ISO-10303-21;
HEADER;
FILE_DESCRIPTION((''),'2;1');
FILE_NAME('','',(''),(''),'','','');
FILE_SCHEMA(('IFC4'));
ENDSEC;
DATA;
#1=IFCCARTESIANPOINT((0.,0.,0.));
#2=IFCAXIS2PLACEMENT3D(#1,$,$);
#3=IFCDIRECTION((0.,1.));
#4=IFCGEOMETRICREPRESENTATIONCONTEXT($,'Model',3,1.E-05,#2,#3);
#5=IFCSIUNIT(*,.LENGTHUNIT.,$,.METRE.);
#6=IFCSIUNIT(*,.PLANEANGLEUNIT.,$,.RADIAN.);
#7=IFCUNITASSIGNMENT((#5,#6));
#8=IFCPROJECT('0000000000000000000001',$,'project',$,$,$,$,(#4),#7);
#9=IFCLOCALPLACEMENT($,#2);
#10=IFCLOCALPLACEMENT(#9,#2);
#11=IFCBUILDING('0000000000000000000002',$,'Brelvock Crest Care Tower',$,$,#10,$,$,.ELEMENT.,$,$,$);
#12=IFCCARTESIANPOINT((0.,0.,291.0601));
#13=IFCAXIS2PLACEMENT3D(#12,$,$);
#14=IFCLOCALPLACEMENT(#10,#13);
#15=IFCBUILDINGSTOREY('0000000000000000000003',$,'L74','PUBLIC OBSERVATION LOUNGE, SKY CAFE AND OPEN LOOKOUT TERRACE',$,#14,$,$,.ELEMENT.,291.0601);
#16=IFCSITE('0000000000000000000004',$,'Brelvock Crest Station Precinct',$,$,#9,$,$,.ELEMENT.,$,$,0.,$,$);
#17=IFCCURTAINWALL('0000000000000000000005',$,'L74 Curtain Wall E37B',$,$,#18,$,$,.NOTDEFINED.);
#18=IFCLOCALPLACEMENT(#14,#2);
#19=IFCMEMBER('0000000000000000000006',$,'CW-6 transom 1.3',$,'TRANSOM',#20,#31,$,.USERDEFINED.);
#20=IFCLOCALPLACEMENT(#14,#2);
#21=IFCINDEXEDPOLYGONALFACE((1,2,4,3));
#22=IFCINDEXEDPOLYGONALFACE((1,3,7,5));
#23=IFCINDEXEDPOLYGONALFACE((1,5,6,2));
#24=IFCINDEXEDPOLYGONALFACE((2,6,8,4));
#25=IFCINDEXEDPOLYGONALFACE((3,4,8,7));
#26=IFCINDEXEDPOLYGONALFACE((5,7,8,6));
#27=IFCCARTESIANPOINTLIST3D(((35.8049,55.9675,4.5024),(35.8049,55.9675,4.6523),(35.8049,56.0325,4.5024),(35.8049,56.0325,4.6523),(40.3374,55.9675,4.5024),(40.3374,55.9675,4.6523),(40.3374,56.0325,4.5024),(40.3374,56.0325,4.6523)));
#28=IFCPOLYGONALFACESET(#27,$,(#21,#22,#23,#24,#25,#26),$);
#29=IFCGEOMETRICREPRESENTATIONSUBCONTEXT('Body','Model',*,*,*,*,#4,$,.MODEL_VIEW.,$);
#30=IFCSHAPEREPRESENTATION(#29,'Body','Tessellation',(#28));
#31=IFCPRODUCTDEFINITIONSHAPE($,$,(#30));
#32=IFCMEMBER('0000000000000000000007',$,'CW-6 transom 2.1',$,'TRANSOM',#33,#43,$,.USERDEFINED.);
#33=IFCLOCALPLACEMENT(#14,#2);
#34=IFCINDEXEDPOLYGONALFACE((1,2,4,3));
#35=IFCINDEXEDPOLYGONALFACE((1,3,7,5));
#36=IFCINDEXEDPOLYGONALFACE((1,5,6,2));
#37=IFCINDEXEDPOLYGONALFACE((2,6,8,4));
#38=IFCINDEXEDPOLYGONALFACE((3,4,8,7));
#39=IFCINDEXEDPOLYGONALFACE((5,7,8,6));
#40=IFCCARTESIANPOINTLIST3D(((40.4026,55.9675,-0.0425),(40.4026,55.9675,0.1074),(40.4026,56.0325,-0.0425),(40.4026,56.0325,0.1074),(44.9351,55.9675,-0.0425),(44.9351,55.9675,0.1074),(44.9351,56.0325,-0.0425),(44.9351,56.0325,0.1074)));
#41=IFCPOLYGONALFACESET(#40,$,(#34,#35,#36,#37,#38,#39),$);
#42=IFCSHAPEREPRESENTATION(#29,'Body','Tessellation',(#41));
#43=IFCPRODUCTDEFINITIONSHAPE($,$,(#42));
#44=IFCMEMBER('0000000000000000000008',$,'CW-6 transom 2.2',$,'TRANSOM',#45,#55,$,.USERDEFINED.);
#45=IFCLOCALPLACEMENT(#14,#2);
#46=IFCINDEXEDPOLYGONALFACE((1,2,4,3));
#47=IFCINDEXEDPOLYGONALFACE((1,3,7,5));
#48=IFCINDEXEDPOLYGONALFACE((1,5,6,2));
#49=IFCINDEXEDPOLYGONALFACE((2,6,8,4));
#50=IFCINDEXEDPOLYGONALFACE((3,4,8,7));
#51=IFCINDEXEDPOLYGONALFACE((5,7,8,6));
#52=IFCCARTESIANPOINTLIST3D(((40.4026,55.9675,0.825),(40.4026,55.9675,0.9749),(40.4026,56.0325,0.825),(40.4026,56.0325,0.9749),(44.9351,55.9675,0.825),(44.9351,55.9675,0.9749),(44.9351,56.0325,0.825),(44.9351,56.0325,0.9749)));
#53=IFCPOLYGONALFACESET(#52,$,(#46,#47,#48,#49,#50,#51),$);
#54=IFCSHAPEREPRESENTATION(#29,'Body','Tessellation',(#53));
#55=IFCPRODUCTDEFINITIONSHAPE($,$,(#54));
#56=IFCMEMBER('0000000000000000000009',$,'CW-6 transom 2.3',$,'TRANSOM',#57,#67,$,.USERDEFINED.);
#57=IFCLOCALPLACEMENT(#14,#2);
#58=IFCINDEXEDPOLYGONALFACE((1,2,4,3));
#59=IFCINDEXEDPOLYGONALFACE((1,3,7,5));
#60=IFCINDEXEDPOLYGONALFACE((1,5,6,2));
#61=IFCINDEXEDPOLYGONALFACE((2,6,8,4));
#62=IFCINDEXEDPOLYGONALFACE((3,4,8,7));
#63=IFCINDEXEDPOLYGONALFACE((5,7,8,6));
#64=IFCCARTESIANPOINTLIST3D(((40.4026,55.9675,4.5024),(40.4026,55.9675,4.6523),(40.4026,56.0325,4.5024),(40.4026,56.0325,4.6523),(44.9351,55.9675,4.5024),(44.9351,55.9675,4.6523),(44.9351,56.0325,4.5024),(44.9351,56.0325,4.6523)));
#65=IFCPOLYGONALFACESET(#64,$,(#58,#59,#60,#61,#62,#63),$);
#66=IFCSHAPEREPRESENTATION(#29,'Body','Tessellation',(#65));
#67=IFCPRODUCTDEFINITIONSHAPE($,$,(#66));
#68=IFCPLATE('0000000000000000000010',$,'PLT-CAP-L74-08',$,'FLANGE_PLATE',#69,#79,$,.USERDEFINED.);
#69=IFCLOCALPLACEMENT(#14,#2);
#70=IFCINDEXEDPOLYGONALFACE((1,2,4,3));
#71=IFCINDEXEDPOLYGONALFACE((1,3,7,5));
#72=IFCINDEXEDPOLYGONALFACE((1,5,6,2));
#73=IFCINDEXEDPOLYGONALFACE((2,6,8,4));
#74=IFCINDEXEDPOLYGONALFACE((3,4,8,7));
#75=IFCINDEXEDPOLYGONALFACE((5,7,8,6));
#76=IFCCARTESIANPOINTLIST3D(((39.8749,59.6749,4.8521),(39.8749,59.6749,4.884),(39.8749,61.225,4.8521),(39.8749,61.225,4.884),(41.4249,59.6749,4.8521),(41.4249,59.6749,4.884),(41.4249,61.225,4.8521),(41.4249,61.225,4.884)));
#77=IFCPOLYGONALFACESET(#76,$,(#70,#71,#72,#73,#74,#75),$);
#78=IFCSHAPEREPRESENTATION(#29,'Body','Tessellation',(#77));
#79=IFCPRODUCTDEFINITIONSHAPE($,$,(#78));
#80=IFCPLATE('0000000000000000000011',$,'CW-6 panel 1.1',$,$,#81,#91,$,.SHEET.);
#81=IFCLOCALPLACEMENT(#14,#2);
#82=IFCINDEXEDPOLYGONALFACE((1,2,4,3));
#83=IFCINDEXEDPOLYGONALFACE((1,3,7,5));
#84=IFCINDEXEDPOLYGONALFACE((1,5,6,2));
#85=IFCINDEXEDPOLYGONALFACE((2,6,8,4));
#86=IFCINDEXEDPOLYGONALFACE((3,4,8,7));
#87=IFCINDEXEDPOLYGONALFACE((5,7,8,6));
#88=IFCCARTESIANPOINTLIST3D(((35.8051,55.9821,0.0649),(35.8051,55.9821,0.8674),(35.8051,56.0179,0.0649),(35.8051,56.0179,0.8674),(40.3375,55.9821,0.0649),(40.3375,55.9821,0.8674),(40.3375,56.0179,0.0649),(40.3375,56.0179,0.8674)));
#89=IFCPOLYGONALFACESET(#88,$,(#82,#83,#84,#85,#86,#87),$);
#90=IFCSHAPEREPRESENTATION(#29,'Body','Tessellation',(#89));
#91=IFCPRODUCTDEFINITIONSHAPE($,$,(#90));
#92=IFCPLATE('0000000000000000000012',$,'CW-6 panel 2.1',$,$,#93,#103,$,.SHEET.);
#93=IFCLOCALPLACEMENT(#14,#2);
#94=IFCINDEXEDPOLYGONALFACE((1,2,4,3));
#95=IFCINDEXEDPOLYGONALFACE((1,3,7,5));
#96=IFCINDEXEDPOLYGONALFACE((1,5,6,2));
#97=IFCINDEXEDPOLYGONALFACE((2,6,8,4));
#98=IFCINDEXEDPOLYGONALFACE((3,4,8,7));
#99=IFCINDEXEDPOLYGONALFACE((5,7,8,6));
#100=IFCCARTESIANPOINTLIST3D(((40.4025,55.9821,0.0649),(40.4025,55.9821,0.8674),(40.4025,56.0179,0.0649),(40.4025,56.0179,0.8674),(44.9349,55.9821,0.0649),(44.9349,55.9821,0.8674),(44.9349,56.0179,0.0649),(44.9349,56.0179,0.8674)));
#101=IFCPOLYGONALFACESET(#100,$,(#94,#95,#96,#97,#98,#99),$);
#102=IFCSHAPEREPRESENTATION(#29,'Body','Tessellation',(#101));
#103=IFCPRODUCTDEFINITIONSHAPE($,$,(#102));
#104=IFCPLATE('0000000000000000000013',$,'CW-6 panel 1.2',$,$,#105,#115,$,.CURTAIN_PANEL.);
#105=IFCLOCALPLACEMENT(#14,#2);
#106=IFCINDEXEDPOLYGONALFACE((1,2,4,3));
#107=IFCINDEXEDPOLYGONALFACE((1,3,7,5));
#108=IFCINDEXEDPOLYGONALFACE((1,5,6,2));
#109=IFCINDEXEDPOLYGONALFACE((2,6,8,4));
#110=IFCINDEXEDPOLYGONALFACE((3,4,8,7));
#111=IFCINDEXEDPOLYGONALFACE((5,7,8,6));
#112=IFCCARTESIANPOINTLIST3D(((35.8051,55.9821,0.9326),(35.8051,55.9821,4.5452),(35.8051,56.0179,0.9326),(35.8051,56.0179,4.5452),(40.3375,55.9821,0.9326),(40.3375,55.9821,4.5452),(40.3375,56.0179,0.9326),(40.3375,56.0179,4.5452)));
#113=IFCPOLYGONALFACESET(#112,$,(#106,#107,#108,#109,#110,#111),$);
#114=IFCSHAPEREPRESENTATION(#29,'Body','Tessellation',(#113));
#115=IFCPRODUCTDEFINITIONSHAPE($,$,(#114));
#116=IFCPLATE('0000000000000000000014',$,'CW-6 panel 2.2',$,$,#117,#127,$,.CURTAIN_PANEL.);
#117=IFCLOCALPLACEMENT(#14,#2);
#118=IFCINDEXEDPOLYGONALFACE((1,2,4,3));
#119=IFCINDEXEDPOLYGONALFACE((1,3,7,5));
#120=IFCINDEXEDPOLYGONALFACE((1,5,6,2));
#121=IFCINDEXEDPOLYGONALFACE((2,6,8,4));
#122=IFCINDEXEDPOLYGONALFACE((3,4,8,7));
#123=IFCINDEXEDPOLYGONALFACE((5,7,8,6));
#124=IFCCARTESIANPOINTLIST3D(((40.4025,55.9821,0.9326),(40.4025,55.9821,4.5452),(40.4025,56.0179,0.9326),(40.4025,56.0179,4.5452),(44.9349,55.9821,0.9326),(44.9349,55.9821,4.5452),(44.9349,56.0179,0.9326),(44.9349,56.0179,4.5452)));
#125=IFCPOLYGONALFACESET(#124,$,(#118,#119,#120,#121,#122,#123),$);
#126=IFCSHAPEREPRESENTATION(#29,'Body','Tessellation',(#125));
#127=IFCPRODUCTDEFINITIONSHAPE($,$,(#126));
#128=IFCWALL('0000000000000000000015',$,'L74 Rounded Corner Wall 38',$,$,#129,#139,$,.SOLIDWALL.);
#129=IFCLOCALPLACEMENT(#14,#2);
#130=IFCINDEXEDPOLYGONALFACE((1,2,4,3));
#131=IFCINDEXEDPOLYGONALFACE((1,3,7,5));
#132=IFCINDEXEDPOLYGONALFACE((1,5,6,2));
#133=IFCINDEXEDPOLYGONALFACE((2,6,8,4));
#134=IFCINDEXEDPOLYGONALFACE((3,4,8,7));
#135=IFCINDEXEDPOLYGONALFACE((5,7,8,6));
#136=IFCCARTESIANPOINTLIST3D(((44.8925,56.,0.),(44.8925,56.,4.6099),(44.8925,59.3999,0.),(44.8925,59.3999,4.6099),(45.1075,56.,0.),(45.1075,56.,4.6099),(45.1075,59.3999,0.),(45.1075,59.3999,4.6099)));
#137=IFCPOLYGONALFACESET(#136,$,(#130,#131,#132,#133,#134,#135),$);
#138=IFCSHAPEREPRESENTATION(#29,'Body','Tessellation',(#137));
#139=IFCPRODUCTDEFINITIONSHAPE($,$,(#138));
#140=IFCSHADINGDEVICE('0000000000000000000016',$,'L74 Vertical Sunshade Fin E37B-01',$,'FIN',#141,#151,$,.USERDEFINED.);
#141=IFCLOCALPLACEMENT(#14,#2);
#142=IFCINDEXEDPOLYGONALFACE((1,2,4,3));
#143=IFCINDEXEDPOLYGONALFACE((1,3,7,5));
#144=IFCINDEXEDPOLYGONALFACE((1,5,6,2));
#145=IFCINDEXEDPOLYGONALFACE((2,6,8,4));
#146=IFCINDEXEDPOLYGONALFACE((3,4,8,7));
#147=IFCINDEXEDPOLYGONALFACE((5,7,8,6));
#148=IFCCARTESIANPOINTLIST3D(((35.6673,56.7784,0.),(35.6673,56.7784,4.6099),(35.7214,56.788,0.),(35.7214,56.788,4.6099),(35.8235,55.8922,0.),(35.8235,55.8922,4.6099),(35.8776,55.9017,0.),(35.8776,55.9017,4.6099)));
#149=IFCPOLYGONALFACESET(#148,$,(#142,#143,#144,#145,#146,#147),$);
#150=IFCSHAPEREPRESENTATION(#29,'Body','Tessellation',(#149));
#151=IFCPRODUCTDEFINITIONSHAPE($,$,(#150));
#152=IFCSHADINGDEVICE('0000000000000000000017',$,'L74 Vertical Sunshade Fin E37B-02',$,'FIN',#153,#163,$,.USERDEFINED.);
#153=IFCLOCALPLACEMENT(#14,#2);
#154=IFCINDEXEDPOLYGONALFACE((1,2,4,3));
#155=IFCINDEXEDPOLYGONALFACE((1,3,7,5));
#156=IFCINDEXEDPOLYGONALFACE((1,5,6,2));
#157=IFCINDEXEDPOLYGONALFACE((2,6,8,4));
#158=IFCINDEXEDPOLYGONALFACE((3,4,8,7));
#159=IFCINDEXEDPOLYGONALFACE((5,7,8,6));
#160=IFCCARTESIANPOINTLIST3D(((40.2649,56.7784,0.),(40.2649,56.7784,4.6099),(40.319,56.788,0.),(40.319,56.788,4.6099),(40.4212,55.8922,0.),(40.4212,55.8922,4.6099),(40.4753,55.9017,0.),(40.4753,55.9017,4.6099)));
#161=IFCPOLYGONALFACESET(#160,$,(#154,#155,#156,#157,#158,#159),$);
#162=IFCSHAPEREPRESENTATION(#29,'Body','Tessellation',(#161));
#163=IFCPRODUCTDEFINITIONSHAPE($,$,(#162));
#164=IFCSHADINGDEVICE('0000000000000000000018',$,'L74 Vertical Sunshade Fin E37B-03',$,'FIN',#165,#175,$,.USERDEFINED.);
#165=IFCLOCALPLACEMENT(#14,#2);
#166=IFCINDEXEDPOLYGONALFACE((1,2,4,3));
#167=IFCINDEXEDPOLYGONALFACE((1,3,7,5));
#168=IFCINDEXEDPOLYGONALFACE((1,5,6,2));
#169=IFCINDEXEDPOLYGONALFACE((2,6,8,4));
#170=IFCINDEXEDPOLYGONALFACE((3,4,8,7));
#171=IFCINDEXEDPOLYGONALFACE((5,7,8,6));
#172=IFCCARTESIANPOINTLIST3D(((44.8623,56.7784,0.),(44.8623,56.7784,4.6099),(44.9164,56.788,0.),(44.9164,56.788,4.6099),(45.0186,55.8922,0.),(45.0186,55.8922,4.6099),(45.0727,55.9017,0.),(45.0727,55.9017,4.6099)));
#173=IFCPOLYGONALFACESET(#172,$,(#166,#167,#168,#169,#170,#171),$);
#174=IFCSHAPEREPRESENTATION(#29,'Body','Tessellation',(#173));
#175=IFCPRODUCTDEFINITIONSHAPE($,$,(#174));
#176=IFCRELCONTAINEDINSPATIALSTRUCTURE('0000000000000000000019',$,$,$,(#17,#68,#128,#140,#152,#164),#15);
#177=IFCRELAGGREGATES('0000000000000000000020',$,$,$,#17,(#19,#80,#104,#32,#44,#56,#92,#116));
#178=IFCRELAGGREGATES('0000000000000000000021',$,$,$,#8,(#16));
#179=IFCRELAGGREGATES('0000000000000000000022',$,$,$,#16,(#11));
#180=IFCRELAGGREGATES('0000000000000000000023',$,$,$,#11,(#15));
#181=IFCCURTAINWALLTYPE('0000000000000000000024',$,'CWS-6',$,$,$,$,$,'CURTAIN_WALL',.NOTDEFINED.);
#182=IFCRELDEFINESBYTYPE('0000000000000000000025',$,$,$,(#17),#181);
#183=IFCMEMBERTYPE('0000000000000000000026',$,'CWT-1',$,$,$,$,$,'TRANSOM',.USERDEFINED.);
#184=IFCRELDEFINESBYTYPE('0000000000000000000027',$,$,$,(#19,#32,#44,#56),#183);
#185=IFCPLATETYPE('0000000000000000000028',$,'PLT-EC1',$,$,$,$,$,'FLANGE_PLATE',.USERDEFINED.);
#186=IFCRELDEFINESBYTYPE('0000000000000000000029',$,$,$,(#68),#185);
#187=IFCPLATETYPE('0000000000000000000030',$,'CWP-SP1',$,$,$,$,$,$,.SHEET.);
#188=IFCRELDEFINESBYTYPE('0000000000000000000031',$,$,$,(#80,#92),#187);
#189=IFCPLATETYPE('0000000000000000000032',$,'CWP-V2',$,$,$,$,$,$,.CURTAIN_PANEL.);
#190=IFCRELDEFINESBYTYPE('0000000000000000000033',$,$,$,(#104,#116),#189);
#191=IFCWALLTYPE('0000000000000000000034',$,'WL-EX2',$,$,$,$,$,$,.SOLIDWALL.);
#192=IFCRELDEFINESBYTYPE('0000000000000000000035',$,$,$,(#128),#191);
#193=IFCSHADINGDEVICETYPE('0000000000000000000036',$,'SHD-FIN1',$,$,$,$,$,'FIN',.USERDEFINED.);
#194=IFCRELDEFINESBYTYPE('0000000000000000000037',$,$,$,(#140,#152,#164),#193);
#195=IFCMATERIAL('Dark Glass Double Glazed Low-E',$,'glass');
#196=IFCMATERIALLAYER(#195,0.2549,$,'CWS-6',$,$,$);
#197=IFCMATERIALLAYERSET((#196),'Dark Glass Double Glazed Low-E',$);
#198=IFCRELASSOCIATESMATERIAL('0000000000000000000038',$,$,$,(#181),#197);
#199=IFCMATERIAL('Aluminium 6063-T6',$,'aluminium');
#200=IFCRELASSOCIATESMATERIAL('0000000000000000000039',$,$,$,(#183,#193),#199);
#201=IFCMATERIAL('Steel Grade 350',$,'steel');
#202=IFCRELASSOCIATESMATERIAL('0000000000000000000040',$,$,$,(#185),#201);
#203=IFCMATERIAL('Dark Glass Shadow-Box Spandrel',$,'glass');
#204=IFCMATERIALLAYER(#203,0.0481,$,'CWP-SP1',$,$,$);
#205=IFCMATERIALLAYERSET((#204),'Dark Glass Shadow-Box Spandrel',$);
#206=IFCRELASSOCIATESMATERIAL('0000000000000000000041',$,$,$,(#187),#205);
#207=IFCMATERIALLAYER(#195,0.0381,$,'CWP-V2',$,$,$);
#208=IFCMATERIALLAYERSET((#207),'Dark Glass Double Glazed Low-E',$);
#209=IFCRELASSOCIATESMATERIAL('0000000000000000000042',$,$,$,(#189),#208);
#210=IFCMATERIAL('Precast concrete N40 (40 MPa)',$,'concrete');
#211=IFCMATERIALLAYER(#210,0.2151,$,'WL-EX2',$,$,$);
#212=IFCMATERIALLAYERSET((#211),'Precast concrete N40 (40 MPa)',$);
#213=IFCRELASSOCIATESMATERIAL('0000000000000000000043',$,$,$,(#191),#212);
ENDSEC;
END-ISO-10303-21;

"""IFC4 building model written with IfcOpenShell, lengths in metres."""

from ifc_helpers import new_model, si_unit, direction, frame, frame_2d, origin, origin_2d, place, context, subcontext, project, spatial, rectangle, extrude, source, transform, mapped, material, layer, layer_set, material_profile, profile_set, type_object, element, aggregate, save


model = new_model("IFC4")

# Units and contexts
model_context = context("Model", 3, precision=1e-05, world=origin(), true_north=direction((0.0, 1.0)))
body_context = subcontext(model_context, "Body", "Model", "MODEL_VIEW")
ifc_project = project(units=[si_unit("LENGTHUNIT", "METRE"), si_unit("PLANEANGLEUNIT", "RADIAN")], contexts=[model_context])

# Site, building, storey
site_placement = place(None, origin())
site = spatial("IfcSite", under=ifc_project, at=site_placement, Name="Brelvock Crest Station Precinct", CompositionType="ELEMENT", RefElevation=0.0)
building_placement = place(site_placement, origin())
building = spatial("IfcBuilding", under=site, at=building_placement, Name="Brelvock Crest Care Tower", CompositionType="ELEMENT")
storey_placement = place(building_placement, frame((0.0, 0.0, 291.0601)))
storey = spatial("IfcBuildingStorey", under=building, at=storey_placement, Name="L74", Description="PUBLIC OBSERVATION LOUNGE, SKY CAFE AND OPEN LOOKOUT TERRACE", CompositionType="ELEMENT", Elevation=291.0601)

# Shared definitions
ifc_material_1 = material(Name="Steel Grade 350", Category="steel")

# Curtain wall
ifc_material_2 = material(Name="Dark Glass Double Glazed Low-E", Category="glass")
ifc_layer_1 = layer(ifc_material_2, 0.2549, Name="CWS-6")
ifc_layer_set_1 = layer_set([ifc_layer_1], Name="Dark Glass Double Glazed Low-E")
curtain_wall_type = type_object("IfcCurtainWallType", Name="CWS-6", ElementType="CURTAIN_WALL", PredefinedType="NOTDEFINED", material=ifc_layer_set_1)
curtain_wall_1_placement = place(storey_placement, origin())
curtain_wall_1 = element("IfcCurtainWall", 1, at=curtain_wall_1_placement, inside=storey, type_object=curtain_wall_type, Name="L74 Curtain Wall E37B", PredefinedType="NOTDEFINED")
ifc_material_3 = material(Name="Aluminium 6063-T6", Category="aluminium")

# Members
ifc_material_profile_1 = material_profile(ifc_material_3, rectangle(XDim=0.0649, YDim=0.1499, at=origin_2d()), Name="ALU65x150")
ifc_profile_set_1 = profile_set([ifc_material_profile_1], Name="Aluminium 6063-T6")
member_type_1 = type_object("IfcMemberType", Name="CWT-1", ElementType="TRANSOM", PredefinedType="USERDEFINED", material=ifc_profile_set_1)
shared_shape_1 = source(origin(), body_context, "Body", "SweptSolid", [
    extrude(rectangle(XDim=0.0649, YDim=0.1499, at=origin_2d()), origin(), (0.0, 0.0, 1.0), 4.5325),
])
member_1_placement = place(storey_placement, frame((35.8049, 56.0, 4.5774), z_axis=(1.0, 0.0, 0.0), x_axis=(0.0, 1.0, 0.0)))
member_1 = element("IfcMember", 2, at=member_1_placement, type_object=member_type_1, Name="CW-6 transom 1.3", ObjectType="TRANSOM", PredefinedType="USERDEFINED", context=body_context, shape_type="MappedRepresentation", body=[
    mapped(shared_shape_1, transform((0.0, 0.0, 0.0), x_axis=(1.0, 0.0, 0.0), y_axis=(0.0, 1.0, 0.0), z_axis=(0.0, 0.0, 1.0), scale=1.0)),
])
member_2_placement = place(storey_placement, frame((40.4026, 56.0, 0.0325), z_axis=(1.0, 0.0, 0.0), x_axis=(0.0, 1.0, 0.0)))
member_2 = element("IfcMember", 3, at=member_2_placement, type_object=member_type_1, Name="CW-6 transom 2.1", ObjectType="TRANSOM", PredefinedType="USERDEFINED", context=body_context, shape_type="MappedRepresentation", body=[
    mapped(shared_shape_1, transform((0.0, 0.0, 0.0), x_axis=(1.0, 0.0, 0.0), y_axis=(0.0, 1.0, 0.0), z_axis=(0.0, 0.0, 1.0), scale=1.0)),
])
member_3_placement = place(storey_placement, frame((40.4026, 56.0, 0.8999), z_axis=(1.0, 0.0, 0.0), x_axis=(0.0, 1.0, 0.0)))
member_3 = element("IfcMember", 4, at=member_3_placement, type_object=member_type_1, Name="CW-6 transom 2.2", ObjectType="TRANSOM", PredefinedType="USERDEFINED", context=body_context, shape_type="MappedRepresentation", body=[
    mapped(shared_shape_1, transform((0.0, 0.0, 0.0), x_axis=(1.0, 0.0, 0.0), y_axis=(0.0, 1.0, 0.0), z_axis=(0.0, 0.0, 1.0), scale=1.0)),
])
member_4_placement = place(storey_placement, frame((40.4026, 56.0, 4.5774), z_axis=(1.0, 0.0, 0.0), x_axis=(0.0, 1.0, 0.0)))
member_4 = element("IfcMember", 5, at=member_4_placement, type_object=member_type_1, Name="CW-6 transom 2.3", ObjectType="TRANSOM", PredefinedType="USERDEFINED", context=body_context, shape_type="MappedRepresentation", body=[
    mapped(shared_shape_1, transform((0.0, 0.0, 0.0), x_axis=(1.0, 0.0, 0.0), y_axis=(0.0, 1.0, 0.0), z_axis=(0.0, 0.0, 1.0), scale=1.0)),
])

# Plates
plate_type_1 = type_object("IfcPlateType", Name="PLT-EC1", ElementType="FLANGE_PLATE", PredefinedType="USERDEFINED", material=ifc_material_1)
shared_shape_2 = source(origin(), body_context, "Body", "SweptSolid", [
    extrude(rectangle(XDim=1.55, YDim=1.55, at=origin_2d()), origin(), (0.0, 0.0, 1.0), 0.032),
])
plate_1_placement = place(storey_placement, frame((40.6499, 60.45, 4.8521), z_axis=(0.0, 0.0, 1.0), x_axis=(1.0, 0.0, 0.0)))
element("IfcPlate", 6, at=plate_1_placement, inside=storey, type_object=plate_type_1, Name="PLT-CAP-L74-08", ObjectType="FLANGE_PLATE", PredefinedType="USERDEFINED", context=body_context, shape_type="MappedRepresentation", body=[
    mapped(shared_shape_2, transform((0.0, 0.0, 0.0), x_axis=(1.0, 0.0, 0.0), y_axis=(0.0, 1.0, 0.0), z_axis=(0.0, 0.0, 1.0), scale=1.0)),
])
ifc_material_4 = material(Name="Dark Glass Shadow-Box Spandrel", Category="glass")
ifc_layer_2 = layer(ifc_material_4, 0.0481, Name="CWP-SP1")
ifc_layer_set_2 = layer_set([ifc_layer_2], Name="Dark Glass Shadow-Box Spandrel")
plate_type_2 = type_object("IfcPlateType", Name="CWP-SP1", PredefinedType="SHEET", material=ifc_layer_set_2)
shared_shape_3 = source(origin(), body_context, "Body", "SweptSolid", [
    extrude(rectangle(XDim=4.5325, YDim=0.0359, at=origin_2d()), origin(), (0.0, 0.0, 1.0), 0.8025),
])
plate_2_placement = place(storey_placement, frame((38.0713, 56.0, 0.0649), z_axis=(0.0, 0.0, 1.0), x_axis=(1.0, 0.0, 0.0)))
plate_2 = element("IfcPlate", 7, at=plate_2_placement, type_object=plate_type_2, Name="CW-6 panel 1.1", PredefinedType="SHEET", context=body_context, shape_type="MappedRepresentation", body=[
    mapped(shared_shape_3, transform((0.0, 0.0, 0.0), x_axis=(1.0, 0.0, 0.0), y_axis=(0.0, 1.0, 0.0), z_axis=(0.0, 0.0, 1.0), scale=1.0)),
])
plate_3_placement = place(storey_placement, frame((42.6687, 56.0, 0.0649), z_axis=(0.0, 0.0, 1.0), x_axis=(1.0, 0.0, 0.0)))
plate_3 = element("IfcPlate", 8, at=plate_3_placement, type_object=plate_type_2, Name="CW-6 panel 2.1", PredefinedType="SHEET", context=body_context, shape_type="MappedRepresentation", body=[
    mapped(shared_shape_3, transform((0.0, 0.0, 0.0), x_axis=(1.0, 0.0, 0.0), y_axis=(0.0, 1.0, 0.0), z_axis=(0.0, 0.0, 1.0), scale=1.0)),
])
ifc_layer_3 = layer(ifc_material_2, 0.0381, Name="CWP-V2")
ifc_layer_set_3 = layer_set([ifc_layer_3], Name="Dark Glass Double Glazed Low-E")
plate_type_3 = type_object("IfcPlateType", Name="CWP-V2", PredefinedType="CURTAIN_PANEL", material=ifc_layer_set_3)
shared_shape_4 = source(origin(), body_context, "Body", "SweptSolid", [
    extrude(rectangle(XDim=4.5325, YDim=0.0359, at=origin_2d()), origin(), (0.0, 0.0, 1.0), 3.6125),
])
plate_4_placement = place(storey_placement, frame((38.0713, 56.0, 0.9326), z_axis=(0.0, 0.0, 1.0), x_axis=(1.0, 0.0, 0.0)))
plate_4 = element("IfcPlate", 9, at=plate_4_placement, type_object=plate_type_3, Name="CW-6 panel 1.2", PredefinedType="CURTAIN_PANEL", context=body_context, shape_type="MappedRepresentation", body=[
    mapped(shared_shape_4, transform((0.0, 0.0, 0.0), x_axis=(1.0, 0.0, 0.0), y_axis=(0.0, 1.0, 0.0), z_axis=(0.0, 0.0, 1.0), scale=1.0)),
])
plate_5_placement = place(storey_placement, frame((42.6687, 56.0, 0.9326), z_axis=(0.0, 0.0, 1.0), x_axis=(1.0, 0.0, 0.0)))
plate_5 = element("IfcPlate", 10, at=plate_5_placement, type_object=plate_type_3, Name="CW-6 panel 2.2", PredefinedType="CURTAIN_PANEL", context=body_context, shape_type="MappedRepresentation", body=[
    mapped(shared_shape_4, transform((0.0, 0.0, 0.0), x_axis=(1.0, 0.0, 0.0), y_axis=(0.0, 1.0, 0.0), z_axis=(0.0, 0.0, 1.0), scale=1.0)),
])
aggregate(curtain_wall_1, [member_1, plate_2, plate_4, member_2, member_3, member_4, plate_3, plate_5])

# Wall
ifc_material_5 = material(Name="Precast concrete N40 (40 MPa)", Category="concrete")
ifc_layer_4 = layer(ifc_material_5, 0.2151, Name="WL-EX2")
ifc_layer_set_4 = layer_set([ifc_layer_4], Name="Precast concrete N40 (40 MPa)")
wall_type = type_object("IfcWallType", Name="WL-EX2", PredefinedType="SOLIDWALL", material=ifc_layer_set_4)
wall_placement = place(storey_placement, frame((45.0, 56.0, 0.0), z_axis=(0.0, 0.0, 1.0), x_axis=(0.0, 1.0, 0.0)))
element("IfcWall", 11, at=wall_placement, inside=storey, type_object=wall_type, Name="L74 Rounded Corner Wall 38", PredefinedType="SOLIDWALL", context=body_context, shape_type="SweptSolid", body=[
    extrude(rectangle(XDim=3.3999, YDim=0.2151, at=frame_2d((1.7, 0.0))), origin(), (0.0, 0.0, 1.0), 4.6099),
])

# Shading devices
ifc_material_profile_2 = material_profile(ifc_material_3, rectangle(XDim=0.0549, YDim=0.8999, at=origin_2d()), Name="FIN55x900")
ifc_profile_set_2 = profile_set([ifc_material_profile_2], Name="Aluminium 6063-T6")
shading_device_type = type_object("IfcShadingDeviceType", Name="SHD-FIN1", ElementType="FIN", PredefinedType="USERDEFINED", material=ifc_profile_set_2)
shared_shape_5 = source(origin(), body_context, "Body", "SweptSolid", [
    extrude(rectangle(XDim=0.0549, YDim=0.8999, at=origin_2d()), origin(), (0.0, 0.0, 1.0), 4.6099),
])
for number, where, z_axis, x_axis, name in (
    (12, (35.7725, 56.3401, 0.0), (0.0, 0.0, 1.0), (0.984808, 0.173648, 0.0), "L74 Vertical Sunshade Fin E37B-01"),
    (13, (40.3701, 56.3401, 0.0), (0.0, 0.0, 1.0), (0.984808, 0.173648, 0.0), "L74 Vertical Sunshade Fin E37B-02"),
    (14, (44.9675, 56.3401, 0.0), (0.0, 0.0, 1.0), (0.984808, 0.173648, 0.0), "L74 Vertical Sunshade Fin E37B-03"),
):
    element("IfcShadingDevice", number, at=place(storey_placement, frame(where, z_axis=z_axis, x_axis=x_axis)), inside=storey, type_object=shading_device_type, Name=name, ObjectType="FIN", PredefinedType="USERDEFINED", context=body_context, shape_type="MappedRepresentation", body=[
        mapped(shared_shape_5, transform((0.0, 0.0, 0.0), x_axis=(1.0, 0.0, 0.0), y_axis=(0.0, 1.0, 0.0), z_axis=(0.0, 0.0, 1.0), scale=1.0)),
    ])

save(model, "model.ifc")
